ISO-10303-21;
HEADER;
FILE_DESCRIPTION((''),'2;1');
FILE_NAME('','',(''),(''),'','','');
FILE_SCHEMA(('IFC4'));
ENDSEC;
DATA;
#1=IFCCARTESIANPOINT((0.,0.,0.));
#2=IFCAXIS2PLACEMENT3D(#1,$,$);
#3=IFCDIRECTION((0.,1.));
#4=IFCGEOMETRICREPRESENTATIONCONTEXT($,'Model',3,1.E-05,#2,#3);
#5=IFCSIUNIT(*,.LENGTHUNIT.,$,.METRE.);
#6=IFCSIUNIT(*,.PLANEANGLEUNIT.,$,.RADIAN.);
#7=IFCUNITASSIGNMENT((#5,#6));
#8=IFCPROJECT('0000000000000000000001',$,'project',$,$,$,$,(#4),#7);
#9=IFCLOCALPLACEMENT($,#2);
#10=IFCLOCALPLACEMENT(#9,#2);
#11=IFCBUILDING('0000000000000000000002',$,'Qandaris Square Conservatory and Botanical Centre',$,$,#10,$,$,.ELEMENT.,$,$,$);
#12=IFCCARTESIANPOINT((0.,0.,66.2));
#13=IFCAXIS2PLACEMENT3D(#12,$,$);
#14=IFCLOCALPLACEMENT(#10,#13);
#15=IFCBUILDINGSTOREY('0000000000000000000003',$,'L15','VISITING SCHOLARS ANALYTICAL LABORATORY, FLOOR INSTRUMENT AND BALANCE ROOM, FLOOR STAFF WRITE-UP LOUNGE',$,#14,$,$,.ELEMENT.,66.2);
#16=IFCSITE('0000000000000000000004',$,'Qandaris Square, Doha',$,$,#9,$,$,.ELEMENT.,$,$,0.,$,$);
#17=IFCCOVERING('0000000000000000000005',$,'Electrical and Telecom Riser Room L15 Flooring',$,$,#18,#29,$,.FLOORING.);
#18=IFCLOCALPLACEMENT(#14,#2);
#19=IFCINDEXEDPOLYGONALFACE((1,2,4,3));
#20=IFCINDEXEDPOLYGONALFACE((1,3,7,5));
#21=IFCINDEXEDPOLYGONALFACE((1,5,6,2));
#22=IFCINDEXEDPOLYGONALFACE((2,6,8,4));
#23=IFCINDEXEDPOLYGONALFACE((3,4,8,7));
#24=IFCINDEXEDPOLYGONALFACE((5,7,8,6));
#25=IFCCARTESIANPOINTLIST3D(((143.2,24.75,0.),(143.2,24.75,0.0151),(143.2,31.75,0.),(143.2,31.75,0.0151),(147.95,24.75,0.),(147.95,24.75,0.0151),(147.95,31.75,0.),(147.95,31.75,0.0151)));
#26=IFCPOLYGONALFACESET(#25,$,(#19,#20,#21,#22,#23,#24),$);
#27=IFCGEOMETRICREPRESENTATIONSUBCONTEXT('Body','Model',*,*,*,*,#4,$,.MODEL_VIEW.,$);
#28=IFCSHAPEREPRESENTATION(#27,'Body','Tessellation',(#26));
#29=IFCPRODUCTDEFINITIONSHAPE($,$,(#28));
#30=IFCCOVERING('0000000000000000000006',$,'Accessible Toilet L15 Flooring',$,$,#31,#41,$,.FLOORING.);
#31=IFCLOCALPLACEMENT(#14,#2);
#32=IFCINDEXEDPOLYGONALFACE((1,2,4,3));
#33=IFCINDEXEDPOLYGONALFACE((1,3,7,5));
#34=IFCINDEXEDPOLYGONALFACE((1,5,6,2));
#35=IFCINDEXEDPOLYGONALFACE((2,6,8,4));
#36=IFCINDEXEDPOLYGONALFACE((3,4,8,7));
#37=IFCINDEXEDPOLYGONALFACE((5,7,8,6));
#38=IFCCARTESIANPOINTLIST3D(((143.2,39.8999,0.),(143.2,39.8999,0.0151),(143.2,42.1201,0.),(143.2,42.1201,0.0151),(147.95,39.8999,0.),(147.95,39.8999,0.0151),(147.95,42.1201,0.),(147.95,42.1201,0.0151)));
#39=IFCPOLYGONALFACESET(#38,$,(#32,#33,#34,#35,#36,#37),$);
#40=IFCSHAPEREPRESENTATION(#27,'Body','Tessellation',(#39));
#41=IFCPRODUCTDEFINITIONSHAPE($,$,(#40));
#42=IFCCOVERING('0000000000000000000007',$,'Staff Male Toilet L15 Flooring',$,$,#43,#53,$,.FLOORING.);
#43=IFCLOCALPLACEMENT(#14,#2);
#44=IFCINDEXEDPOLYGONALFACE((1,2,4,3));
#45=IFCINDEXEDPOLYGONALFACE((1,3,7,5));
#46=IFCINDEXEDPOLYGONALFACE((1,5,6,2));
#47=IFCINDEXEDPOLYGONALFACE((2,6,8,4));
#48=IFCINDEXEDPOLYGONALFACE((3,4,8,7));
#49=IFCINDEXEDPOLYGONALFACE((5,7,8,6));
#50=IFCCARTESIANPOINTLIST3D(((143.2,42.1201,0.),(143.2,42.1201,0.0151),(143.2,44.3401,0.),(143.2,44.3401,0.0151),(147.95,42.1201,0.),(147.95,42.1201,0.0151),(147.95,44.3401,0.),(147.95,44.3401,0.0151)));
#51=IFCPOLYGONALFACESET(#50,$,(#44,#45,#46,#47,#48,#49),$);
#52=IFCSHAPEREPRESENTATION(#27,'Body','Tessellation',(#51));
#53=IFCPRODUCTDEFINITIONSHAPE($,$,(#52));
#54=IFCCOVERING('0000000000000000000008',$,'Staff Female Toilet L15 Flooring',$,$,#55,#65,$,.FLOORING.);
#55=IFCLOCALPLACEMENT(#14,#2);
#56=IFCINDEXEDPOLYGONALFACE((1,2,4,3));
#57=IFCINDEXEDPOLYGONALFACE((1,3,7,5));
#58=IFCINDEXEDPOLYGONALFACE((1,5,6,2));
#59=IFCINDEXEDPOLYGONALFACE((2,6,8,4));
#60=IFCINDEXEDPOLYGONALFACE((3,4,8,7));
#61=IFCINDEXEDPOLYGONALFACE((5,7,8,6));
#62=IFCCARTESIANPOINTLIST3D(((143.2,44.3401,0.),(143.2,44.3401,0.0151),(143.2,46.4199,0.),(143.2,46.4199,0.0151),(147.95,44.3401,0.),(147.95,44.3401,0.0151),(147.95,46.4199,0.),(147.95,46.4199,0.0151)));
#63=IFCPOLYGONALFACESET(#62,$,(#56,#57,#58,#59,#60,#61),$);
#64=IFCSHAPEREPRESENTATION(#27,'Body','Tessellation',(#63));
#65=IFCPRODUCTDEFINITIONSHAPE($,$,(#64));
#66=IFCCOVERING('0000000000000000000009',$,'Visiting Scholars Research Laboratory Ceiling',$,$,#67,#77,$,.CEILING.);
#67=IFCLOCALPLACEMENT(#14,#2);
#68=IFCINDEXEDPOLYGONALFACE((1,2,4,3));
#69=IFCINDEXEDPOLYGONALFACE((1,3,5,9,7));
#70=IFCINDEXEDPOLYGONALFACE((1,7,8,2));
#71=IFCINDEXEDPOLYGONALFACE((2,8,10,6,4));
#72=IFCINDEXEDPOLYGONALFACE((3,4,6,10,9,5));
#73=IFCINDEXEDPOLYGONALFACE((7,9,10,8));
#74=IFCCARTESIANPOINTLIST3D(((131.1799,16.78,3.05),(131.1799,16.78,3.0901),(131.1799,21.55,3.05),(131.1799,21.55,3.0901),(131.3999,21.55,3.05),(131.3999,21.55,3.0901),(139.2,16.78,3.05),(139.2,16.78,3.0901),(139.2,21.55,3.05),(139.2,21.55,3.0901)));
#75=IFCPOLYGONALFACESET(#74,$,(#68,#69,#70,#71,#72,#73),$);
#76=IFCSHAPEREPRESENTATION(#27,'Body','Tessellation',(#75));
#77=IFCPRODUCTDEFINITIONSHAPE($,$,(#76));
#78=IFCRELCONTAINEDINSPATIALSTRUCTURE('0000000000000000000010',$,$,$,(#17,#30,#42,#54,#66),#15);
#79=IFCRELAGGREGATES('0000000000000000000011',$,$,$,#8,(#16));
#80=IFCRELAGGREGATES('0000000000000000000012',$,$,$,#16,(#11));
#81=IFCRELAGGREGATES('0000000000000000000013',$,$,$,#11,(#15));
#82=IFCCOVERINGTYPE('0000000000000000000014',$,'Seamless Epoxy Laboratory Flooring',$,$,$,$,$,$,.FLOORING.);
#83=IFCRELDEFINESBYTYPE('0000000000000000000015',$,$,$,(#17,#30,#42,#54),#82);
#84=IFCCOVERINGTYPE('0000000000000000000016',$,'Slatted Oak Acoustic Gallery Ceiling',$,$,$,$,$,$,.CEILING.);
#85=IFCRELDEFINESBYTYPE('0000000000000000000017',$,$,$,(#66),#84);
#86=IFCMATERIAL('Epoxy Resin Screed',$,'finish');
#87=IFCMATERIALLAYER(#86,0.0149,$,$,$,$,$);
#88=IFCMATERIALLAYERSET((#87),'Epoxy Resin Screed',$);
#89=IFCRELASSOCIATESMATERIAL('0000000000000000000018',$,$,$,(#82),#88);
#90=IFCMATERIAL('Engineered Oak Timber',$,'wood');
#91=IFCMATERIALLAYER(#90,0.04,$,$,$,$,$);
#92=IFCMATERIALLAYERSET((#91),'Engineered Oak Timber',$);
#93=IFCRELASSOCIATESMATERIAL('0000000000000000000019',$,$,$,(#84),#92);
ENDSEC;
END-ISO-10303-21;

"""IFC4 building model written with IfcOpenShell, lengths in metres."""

from ifc_helpers import new_model, si_unit, direction, frame, origin, place, context, subcontext, project, spatial, polyline, outline, extrude, material, layer, layer_set, type_object, element, save


model = new_model("IFC4")

# Units and contexts
model_context = context("Model", 3, precision=1e-05, world=origin(), true_north=direction((0.0, 1.0)))
body_context = subcontext(model_context, "Body", "Model", "MODEL_VIEW")
ifc_project = project(units=[si_unit("LENGTHUNIT", "METRE"), si_unit("PLANEANGLEUNIT", "RADIAN")], contexts=[model_context])

# Site, building, storey
site_placement = place(None, origin())
site = spatial("IfcSite", under=ifc_project, at=site_placement, Name="Qandaris Square, Doha", CompositionType="ELEMENT", RefElevation=0.0)
building_placement = place(site_placement, origin())
building = spatial("IfcBuilding", under=site, at=building_placement, Name="Qandaris Square Conservatory and Botanical Centre", CompositionType="ELEMENT")
storey_placement = place(building_placement, frame((0.0, 0.0, 66.2)))
storey = spatial("IfcBuildingStorey", under=building, at=storey_placement, Name="L15", Description="VISITING SCHOLARS ANALYTICAL LABORATORY, FLOOR INSTRUMENT AND BALANCE ROOM, FLOOR STAFF WRITE-UP LOUNGE", CompositionType="ELEMENT", Elevation=66.2)

# Coverings
ifc_material_1 = material(Name="Epoxy Resin Screed", Category="finish")
ifc_layer_1 = layer(ifc_material_1, 0.0149)
ifc_layer_set_1 = layer_set([ifc_layer_1], Name="Epoxy Resin Screed")
covering_type_1 = type_object("IfcCoveringType", Name="Seamless Epoxy Laboratory Flooring", PredefinedType="FLOORING", material=ifc_layer_set_1)
covering_1_placement = place(storey_placement, origin())
element("IfcCovering", 1, at=covering_1_placement, inside=storey, type_object=covering_type_1, Name="Electrical and Telecom Riser Room L15 Flooring", PredefinedType="FLOORING", context=body_context, shape_type="SweptSolid", body=[
    extrude(outline(polyline([(147.95, 31.75), (147.95, 24.75), (143.2, 24.75), (143.2, 31.75), (147.95, 31.75)])), origin(), (0.0, 0.0, 1.0), 0.0151),
])
covering_2_placement = place(storey_placement, origin())
element("IfcCovering", 2, at=covering_2_placement, inside=storey, type_object=covering_type_1, Name="Accessible Toilet L15 Flooring", PredefinedType="FLOORING", context=body_context, shape_type="SweptSolid", body=[
    extrude(outline(polyline([(147.95, 42.1201), (147.95, 39.8999), (143.2, 39.8999), (143.2, 42.1201), (147.95, 42.1201)])), origin(), (0.0, 0.0, 1.0), 0.0151),
])
covering_3_placement = place(storey_placement, origin())
element("IfcCovering", 3, at=covering_3_placement, inside=storey, type_object=covering_type_1, Name="Staff Male Toilet L15 Flooring", PredefinedType="FLOORING", context=body_context, shape_type="SweptSolid", body=[
    extrude(outline(polyline([(147.95, 44.3401), (147.95, 42.1201), (143.2, 42.1201), (143.2, 44.3401), (147.95, 44.3401)])), origin(), (0.0, 0.0, 1.0), 0.0151),
])
covering_4_placement = place(storey_placement, origin())
element("IfcCovering", 4, at=covering_4_placement, inside=storey, type_object=covering_type_1, Name="Staff Female Toilet L15 Flooring", PredefinedType="FLOORING", context=body_context, shape_type="SweptSolid", body=[
    extrude(outline(polyline([(147.95, 46.4199), (147.95, 44.3401), (143.2, 44.3401), (143.2, 46.4199), (147.95, 46.4199)])), origin(), (0.0, 0.0, 1.0), 0.0151),
])
ifc_material_2 = material(Name="Engineered Oak Timber", Category="wood")
ifc_layer_2 = layer(ifc_material_2, 0.04)
ifc_layer_set_2 = layer_set([ifc_layer_2], Name="Engineered Oak Timber")
covering_type_2 = type_object("IfcCoveringType", Name="Slatted Oak Acoustic Gallery Ceiling", PredefinedType="CEILING", material=ifc_layer_set_2)
covering_5_placement = place(storey_placement, frame((0.0, 0.0, 3.05)))
element("IfcCovering", 5, at=covering_5_placement, inside=storey, type_object=covering_type_2, Name="Visiting Scholars Research Laboratory Ceiling", PredefinedType="CEILING", context=body_context, shape_type="SweptSolid", body=[
    extrude(outline(polyline([(131.1799, 16.78), (131.1799, 21.55), (131.3999, 21.55), (139.2, 21.55), (139.2, 16.78), (131.1799, 16.78)])), origin(), (0.0, 0.0, 1.0), 0.04),
])

save(model, "model.ifc")
